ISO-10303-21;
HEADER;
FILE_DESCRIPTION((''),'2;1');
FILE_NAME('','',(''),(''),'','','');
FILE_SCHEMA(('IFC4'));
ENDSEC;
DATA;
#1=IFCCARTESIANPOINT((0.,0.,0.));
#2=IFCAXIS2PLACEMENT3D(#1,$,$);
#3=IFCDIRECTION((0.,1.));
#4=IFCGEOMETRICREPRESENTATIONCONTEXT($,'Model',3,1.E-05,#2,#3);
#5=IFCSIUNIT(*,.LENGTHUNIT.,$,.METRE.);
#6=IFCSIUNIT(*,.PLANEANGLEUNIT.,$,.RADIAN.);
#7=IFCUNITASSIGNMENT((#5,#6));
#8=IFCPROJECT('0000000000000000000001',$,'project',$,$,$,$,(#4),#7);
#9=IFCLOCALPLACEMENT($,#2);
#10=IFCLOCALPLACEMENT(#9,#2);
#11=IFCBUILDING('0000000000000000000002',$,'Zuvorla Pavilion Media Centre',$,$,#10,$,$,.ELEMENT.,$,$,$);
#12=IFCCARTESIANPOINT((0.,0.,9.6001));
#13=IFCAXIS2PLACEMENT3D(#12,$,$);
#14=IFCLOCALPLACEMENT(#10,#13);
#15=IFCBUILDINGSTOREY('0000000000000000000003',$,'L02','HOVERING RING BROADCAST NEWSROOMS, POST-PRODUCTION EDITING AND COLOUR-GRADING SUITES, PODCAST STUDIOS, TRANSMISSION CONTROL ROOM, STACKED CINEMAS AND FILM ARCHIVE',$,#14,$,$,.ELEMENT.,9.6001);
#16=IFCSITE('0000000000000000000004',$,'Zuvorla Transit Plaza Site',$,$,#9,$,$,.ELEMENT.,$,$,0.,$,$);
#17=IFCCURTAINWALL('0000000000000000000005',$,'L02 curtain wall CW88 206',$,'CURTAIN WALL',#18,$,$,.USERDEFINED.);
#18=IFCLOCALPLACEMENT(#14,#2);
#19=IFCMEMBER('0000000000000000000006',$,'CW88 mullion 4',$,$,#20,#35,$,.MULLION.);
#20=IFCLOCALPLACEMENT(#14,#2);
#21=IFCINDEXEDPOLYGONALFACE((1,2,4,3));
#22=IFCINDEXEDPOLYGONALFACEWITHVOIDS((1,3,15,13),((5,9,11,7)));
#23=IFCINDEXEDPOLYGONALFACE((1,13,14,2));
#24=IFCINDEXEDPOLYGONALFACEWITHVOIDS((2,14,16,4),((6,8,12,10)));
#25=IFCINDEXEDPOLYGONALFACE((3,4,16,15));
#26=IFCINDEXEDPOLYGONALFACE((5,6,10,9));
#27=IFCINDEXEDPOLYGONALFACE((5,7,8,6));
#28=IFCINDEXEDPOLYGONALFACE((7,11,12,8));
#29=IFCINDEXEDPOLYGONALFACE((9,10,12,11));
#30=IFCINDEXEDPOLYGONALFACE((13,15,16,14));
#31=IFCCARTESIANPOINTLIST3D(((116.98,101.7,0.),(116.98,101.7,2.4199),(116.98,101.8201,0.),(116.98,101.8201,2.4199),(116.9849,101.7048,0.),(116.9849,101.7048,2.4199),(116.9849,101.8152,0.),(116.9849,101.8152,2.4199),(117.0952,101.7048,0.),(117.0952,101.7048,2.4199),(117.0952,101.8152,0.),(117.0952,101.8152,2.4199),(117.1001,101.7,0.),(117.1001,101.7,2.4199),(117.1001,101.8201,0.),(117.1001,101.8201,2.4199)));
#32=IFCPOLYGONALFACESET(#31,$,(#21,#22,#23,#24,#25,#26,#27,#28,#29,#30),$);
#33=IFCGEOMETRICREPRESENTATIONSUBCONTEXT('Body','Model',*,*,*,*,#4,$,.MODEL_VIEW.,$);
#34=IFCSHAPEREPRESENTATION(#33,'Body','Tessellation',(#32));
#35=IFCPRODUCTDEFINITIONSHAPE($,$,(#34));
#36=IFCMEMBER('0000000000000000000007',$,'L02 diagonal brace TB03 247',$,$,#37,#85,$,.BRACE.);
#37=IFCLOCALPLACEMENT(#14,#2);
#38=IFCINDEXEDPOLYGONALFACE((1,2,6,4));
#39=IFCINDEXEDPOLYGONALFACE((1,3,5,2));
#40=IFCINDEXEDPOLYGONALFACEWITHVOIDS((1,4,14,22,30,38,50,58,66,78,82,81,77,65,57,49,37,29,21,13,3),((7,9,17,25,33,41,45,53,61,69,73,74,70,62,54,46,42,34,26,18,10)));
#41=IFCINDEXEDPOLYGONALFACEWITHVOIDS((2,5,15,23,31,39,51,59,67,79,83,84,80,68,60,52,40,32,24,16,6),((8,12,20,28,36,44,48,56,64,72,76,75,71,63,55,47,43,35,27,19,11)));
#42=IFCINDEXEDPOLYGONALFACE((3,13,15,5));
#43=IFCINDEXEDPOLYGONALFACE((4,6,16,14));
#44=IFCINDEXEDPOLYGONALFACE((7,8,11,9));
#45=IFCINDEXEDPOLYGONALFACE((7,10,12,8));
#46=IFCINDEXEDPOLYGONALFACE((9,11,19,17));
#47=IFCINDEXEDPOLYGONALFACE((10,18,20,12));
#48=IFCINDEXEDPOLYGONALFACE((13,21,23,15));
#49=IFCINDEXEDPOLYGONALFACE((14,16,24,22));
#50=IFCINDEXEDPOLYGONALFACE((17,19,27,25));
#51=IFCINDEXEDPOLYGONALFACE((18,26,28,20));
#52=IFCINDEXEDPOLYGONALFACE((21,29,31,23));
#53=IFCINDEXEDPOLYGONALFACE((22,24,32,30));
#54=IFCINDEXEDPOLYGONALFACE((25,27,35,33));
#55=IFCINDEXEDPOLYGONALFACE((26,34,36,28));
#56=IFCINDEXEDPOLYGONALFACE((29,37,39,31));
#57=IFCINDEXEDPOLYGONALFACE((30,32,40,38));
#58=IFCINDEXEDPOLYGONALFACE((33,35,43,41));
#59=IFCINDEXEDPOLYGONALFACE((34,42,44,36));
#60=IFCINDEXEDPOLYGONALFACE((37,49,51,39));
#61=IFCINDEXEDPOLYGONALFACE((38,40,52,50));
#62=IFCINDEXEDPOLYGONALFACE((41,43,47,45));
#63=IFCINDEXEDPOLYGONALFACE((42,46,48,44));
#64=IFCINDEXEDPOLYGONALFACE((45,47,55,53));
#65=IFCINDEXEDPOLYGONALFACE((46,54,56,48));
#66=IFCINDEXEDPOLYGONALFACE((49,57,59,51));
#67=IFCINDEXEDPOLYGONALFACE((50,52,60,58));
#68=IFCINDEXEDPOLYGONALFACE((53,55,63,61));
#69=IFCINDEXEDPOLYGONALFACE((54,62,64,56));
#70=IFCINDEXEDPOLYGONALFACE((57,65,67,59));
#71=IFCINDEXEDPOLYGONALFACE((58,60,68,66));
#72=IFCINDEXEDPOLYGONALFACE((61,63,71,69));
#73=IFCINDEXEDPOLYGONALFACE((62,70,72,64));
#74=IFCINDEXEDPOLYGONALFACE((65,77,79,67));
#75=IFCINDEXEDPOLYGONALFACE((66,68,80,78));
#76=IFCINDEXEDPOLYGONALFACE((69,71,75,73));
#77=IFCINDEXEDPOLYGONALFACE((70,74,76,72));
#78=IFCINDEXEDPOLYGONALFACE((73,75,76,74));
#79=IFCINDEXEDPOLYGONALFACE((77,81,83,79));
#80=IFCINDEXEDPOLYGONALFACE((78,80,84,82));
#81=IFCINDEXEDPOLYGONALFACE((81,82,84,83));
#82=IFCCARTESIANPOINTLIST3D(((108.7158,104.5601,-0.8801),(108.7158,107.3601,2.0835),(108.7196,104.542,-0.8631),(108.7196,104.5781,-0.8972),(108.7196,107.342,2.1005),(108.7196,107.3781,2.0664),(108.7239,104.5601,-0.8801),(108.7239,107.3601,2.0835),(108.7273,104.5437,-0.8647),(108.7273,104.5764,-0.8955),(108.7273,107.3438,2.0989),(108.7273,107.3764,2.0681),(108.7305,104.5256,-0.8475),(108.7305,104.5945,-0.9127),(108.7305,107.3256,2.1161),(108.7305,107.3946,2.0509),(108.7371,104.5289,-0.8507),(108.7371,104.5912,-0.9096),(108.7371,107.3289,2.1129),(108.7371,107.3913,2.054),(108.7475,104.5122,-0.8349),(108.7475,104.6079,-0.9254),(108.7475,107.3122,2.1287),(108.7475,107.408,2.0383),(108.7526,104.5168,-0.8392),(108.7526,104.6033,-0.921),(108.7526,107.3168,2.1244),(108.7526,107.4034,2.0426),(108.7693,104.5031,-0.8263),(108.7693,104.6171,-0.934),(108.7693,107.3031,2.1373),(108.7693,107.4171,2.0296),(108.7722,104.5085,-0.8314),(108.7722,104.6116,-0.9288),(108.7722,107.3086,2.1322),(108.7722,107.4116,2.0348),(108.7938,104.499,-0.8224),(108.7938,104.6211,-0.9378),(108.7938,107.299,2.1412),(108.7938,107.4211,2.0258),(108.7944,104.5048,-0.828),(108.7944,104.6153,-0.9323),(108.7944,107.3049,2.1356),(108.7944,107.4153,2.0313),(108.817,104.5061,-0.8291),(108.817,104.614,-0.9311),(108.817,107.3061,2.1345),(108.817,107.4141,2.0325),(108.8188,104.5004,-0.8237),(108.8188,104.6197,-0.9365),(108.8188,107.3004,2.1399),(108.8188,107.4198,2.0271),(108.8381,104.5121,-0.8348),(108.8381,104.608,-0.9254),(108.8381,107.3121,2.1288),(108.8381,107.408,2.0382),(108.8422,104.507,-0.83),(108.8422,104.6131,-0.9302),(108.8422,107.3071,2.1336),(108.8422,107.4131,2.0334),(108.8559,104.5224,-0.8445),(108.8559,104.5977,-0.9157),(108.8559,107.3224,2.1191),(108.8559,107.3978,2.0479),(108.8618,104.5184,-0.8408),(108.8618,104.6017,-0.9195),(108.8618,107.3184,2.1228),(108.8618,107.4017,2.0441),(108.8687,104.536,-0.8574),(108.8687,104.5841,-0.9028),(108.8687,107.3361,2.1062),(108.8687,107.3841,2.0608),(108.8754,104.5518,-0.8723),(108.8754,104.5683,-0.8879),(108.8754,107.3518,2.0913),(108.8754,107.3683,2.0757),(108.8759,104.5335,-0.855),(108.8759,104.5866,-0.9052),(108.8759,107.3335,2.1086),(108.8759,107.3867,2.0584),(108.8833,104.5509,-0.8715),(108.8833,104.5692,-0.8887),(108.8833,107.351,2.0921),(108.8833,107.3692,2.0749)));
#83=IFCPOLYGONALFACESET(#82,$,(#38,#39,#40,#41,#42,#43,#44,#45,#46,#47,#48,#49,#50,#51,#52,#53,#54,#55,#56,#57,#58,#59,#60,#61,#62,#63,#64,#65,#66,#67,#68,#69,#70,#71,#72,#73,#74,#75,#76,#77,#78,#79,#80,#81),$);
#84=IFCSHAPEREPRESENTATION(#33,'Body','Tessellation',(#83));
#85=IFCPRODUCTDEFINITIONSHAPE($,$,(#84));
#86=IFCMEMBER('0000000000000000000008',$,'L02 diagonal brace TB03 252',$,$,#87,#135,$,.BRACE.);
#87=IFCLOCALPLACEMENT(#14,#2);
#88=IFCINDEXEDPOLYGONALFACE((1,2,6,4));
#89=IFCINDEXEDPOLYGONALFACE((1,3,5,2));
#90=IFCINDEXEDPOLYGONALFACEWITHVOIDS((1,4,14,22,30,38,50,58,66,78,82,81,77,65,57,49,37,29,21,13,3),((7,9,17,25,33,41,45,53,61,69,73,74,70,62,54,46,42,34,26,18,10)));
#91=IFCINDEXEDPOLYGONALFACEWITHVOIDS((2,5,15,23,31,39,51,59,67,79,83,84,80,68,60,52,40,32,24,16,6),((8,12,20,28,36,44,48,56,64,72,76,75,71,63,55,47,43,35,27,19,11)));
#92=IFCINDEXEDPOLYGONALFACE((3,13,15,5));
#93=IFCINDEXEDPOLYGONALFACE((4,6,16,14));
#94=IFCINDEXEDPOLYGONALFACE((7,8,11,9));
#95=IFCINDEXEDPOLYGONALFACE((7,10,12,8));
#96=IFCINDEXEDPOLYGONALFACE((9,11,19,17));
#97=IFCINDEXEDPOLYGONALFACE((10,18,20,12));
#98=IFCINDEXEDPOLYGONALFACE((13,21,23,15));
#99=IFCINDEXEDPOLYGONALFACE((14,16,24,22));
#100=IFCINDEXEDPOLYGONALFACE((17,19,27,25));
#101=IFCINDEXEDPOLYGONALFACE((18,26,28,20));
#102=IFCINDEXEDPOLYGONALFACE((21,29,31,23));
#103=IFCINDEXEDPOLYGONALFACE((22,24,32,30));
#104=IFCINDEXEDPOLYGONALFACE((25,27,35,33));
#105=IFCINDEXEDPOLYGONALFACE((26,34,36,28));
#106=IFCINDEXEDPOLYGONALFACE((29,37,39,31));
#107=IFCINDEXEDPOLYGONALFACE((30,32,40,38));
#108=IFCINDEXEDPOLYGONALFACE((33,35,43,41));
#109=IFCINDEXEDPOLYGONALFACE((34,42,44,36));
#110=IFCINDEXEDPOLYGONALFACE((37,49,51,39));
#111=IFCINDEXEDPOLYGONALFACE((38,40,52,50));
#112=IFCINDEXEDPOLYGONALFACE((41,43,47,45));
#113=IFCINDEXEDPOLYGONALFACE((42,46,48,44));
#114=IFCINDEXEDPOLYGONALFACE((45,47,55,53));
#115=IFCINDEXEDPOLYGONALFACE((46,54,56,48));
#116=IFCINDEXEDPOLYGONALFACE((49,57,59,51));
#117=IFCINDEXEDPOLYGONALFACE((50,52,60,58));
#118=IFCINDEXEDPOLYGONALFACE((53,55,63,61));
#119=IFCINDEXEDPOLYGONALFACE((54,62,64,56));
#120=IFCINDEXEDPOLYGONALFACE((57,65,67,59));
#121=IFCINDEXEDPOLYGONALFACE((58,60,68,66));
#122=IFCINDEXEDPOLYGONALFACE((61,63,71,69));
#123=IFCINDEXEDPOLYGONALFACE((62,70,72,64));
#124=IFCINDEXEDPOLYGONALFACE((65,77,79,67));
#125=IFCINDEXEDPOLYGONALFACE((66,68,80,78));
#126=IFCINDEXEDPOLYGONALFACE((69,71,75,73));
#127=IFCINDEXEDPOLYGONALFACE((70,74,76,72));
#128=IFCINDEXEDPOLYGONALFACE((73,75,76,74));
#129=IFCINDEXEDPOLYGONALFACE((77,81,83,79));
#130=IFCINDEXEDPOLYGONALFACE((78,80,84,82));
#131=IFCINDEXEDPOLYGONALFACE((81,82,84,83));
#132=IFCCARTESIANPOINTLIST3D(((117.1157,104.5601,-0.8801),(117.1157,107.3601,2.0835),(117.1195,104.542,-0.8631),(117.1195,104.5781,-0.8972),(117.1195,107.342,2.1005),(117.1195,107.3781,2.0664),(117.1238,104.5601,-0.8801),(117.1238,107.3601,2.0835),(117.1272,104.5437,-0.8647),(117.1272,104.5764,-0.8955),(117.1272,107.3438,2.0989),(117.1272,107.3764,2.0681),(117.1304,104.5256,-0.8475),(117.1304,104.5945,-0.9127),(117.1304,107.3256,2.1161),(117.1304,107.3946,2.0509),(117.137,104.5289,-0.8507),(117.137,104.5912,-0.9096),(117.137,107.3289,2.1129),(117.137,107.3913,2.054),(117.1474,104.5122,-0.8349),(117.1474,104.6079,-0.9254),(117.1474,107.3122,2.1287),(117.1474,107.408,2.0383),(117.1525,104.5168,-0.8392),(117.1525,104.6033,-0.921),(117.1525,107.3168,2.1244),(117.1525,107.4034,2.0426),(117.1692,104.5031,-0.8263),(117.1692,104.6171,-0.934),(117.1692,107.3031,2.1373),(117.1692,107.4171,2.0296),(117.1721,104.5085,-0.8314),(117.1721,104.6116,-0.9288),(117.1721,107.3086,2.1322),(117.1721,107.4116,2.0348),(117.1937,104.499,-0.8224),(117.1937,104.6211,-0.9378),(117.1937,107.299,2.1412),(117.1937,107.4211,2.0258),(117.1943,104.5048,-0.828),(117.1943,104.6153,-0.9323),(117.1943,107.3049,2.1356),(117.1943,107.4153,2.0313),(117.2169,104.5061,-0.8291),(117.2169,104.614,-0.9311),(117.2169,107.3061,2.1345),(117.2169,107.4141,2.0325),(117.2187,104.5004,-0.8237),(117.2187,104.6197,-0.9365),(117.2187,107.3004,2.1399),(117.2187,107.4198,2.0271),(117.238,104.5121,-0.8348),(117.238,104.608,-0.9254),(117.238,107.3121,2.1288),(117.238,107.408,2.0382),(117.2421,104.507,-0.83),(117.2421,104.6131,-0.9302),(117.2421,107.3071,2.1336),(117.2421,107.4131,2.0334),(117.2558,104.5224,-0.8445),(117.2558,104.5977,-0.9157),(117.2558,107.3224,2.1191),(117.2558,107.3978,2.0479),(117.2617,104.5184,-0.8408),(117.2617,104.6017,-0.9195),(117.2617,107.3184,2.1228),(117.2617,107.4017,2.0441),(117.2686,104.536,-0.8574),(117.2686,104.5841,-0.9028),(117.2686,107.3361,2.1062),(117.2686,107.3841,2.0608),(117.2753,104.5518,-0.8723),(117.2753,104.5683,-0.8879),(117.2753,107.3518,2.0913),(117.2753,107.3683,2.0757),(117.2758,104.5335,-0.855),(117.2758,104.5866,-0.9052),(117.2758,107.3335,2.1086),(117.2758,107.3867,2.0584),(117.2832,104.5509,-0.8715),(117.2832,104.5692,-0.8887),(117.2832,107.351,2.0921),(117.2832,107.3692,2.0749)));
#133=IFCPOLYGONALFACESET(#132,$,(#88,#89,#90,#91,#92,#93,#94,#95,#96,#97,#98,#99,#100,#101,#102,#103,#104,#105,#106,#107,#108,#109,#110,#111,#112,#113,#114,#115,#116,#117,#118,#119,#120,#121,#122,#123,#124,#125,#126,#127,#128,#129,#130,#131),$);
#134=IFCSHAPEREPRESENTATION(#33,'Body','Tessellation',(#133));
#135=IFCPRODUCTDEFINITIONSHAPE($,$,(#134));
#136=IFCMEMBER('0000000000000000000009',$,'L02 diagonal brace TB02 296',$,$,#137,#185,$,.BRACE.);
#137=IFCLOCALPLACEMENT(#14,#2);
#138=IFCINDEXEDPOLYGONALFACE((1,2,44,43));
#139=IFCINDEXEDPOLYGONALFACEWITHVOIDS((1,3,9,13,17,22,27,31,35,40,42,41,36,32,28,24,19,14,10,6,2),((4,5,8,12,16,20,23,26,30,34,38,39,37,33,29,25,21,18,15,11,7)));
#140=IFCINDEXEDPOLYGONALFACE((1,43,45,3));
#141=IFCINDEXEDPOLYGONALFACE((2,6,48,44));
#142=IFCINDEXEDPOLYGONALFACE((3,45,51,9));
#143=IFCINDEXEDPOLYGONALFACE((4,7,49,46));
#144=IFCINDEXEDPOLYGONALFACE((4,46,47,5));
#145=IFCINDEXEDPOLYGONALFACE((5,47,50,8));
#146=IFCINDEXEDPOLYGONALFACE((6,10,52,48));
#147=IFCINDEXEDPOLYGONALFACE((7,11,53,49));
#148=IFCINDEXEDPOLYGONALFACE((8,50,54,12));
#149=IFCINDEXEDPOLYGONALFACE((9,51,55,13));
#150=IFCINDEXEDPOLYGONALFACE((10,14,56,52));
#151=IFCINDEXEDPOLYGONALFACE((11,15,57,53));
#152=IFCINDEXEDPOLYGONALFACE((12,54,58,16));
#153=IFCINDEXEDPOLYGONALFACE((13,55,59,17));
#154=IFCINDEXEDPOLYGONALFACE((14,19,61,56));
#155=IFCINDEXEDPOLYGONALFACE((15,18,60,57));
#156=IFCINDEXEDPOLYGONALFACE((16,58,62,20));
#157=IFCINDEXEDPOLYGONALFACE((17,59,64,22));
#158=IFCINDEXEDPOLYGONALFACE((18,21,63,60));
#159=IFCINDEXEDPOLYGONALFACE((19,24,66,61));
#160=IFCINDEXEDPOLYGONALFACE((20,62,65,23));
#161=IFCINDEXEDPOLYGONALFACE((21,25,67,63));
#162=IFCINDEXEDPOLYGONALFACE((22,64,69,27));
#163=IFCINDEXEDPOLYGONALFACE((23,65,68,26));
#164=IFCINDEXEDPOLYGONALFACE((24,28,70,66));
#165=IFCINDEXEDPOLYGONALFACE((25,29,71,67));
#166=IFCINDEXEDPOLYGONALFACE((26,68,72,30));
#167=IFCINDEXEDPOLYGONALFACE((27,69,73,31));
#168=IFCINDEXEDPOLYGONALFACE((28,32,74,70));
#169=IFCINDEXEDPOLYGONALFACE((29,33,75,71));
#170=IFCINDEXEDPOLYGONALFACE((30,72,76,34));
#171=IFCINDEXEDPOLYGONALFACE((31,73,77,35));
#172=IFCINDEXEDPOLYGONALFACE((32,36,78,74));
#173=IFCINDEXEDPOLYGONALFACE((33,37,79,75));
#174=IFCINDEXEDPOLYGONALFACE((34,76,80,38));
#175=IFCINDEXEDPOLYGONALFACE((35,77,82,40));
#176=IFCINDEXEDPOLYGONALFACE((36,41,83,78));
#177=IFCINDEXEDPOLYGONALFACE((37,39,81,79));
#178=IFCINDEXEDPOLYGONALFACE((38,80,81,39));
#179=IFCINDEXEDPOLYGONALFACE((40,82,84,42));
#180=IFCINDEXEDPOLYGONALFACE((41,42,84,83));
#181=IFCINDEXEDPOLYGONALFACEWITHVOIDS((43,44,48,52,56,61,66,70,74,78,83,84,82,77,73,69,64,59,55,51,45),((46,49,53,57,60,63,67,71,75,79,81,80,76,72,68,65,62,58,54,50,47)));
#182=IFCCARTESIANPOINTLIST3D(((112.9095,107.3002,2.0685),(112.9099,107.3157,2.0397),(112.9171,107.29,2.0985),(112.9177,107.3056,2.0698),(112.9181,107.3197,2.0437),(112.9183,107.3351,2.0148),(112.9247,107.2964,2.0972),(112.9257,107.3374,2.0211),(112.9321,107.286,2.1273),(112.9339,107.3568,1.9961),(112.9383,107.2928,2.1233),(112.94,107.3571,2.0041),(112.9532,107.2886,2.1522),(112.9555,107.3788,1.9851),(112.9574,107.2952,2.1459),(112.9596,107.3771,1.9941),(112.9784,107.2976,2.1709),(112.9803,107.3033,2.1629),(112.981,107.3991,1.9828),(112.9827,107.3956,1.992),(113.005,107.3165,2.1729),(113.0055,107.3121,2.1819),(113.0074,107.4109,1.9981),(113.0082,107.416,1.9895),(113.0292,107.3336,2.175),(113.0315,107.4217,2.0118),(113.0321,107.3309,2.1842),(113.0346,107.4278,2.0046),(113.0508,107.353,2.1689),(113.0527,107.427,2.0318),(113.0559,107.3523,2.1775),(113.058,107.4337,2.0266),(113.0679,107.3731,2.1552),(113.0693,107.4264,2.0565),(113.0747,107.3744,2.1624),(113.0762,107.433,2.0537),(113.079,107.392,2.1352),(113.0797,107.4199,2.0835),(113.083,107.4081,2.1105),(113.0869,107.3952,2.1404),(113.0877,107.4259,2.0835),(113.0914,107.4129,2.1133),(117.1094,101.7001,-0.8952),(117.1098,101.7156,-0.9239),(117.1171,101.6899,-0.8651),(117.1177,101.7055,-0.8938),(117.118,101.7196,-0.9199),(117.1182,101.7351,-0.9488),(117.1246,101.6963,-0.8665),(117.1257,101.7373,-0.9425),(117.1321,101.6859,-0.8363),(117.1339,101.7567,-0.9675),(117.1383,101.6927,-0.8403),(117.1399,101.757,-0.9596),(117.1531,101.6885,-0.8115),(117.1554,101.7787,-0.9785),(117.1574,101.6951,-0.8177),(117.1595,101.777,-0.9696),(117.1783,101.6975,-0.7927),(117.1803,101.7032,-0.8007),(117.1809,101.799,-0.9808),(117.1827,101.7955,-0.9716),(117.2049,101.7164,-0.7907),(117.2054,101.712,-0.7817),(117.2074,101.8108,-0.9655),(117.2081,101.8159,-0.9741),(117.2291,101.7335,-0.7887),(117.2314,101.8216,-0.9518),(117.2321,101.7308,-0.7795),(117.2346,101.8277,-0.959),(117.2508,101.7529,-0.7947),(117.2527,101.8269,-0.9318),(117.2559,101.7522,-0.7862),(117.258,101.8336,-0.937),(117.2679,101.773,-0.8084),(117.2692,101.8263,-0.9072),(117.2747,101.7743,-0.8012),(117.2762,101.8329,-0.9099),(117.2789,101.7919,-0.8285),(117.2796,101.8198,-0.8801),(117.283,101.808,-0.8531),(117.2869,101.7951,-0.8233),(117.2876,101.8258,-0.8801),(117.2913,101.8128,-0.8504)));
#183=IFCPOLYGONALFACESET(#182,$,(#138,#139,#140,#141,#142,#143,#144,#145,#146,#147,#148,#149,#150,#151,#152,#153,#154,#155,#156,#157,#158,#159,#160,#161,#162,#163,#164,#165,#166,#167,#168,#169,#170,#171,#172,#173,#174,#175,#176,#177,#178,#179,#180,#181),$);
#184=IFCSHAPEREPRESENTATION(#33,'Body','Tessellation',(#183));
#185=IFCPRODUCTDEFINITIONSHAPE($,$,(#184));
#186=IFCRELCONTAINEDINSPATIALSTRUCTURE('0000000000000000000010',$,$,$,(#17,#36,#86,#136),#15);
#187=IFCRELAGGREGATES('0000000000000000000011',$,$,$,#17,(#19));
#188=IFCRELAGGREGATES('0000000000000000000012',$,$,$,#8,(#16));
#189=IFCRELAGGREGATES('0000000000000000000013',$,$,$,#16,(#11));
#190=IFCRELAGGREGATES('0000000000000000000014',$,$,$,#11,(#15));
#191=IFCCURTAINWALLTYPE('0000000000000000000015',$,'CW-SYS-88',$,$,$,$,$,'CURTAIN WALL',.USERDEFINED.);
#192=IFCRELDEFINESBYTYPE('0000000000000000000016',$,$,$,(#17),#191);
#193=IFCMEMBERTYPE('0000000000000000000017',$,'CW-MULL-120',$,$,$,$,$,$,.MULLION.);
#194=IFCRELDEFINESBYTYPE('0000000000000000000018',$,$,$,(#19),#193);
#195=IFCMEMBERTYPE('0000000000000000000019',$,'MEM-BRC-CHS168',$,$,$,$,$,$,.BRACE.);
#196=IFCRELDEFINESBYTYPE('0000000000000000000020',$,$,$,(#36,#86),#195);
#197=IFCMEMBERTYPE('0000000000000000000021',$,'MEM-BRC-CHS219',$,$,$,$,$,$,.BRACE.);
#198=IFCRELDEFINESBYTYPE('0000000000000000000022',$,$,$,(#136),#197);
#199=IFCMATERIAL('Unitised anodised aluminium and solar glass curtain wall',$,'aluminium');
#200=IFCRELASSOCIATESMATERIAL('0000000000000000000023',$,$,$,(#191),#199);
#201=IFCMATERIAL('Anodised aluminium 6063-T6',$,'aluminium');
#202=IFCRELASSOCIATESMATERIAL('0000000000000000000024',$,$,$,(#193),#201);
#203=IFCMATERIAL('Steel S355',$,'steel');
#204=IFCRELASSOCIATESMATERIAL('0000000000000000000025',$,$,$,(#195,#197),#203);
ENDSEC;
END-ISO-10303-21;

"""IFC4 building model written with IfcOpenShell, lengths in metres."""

from ifc_helpers import new_model, si_unit, direction, frame, origin, origin_2d, place, context, subcontext, project, spatial, hollow_rectangle, hollow_circle, extrude, material, material_profile, profile_set, type_object, element, aggregate, save


model = new_model("IFC4")

# Units and contexts
model_context = context("Model", 3, precision=1e-05, world=origin(), true_north=direction((0.0, 1.0)))
body_context = subcontext(model_context, "Body", "Model", "MODEL_VIEW")
ifc_project = project(units=[si_unit("LENGTHUNIT", "METRE"), si_unit("PLANEANGLEUNIT", "RADIAN")], contexts=[model_context])

# Site, building, storey
site_placement = place(None, origin())
site = spatial("IfcSite", under=ifc_project, at=site_placement, Name="Zuvorla Transit Plaza Site", CompositionType="ELEMENT", RefElevation=0.0)
building_placement = place(site_placement, origin())
building = spatial("IfcBuilding", under=site, at=building_placement, Name="Zuvorla Pavilion Media Centre", CompositionType="ELEMENT")
storey_placement = place(building_placement, frame((0.0, 0.0, 9.6001)))
storey = spatial("IfcBuildingStorey", under=building, at=storey_placement, Name="L02", Description="HOVERING RING BROADCAST NEWSROOMS, POST-PRODUCTION EDITING AND COLOUR-GRADING SUITES, PODCAST STUDIOS, TRANSMISSION CONTROL ROOM, STACKED CINEMAS AND FILM ARCHIVE", CompositionType="ELEMENT", Elevation=9.6001)

# Curtain wall, member
ifc_material_1 = material(Name="Unitised anodised aluminium and solar glass curtain wall", Category="aluminium")
curtain_wall_type = type_object("IfcCurtainWallType", Name="CW-SYS-88", ElementType="CURTAIN WALL", PredefinedType="USERDEFINED", material=ifc_material_1)
curtain_wall_placement = place(storey_placement, origin())
curtain_wall = element("IfcCurtainWall", 1, at=curtain_wall_placement, inside=storey, type_object=curtain_wall_type, Name="L02 curtain wall CW88 206", ObjectType="CURTAIN WALL", PredefinedType="USERDEFINED")
ifc_material_2 = material(Name="Anodised aluminium 6063-T6", Category="aluminium")
ifc_material_profile_1 = material_profile(ifc_material_2, hollow_rectangle(XDim=0.1201, YDim=0.1201, WallThickness=0.0049, at=origin_2d()), Name="ALU MULL 120x120")
ifc_profile_set_1 = profile_set([ifc_material_profile_1], Name="Anodised aluminium 6063-T6")
member_type_1 = type_object("IfcMemberType", Name="CW-MULL-120", PredefinedType="MULLION", material=ifc_profile_set_1)
member_1_placement = place(storey_placement, frame((117.04, 101.76, 0.0), z_axis=(0.0, 0.0, 1.0), x_axis=(1.0, 0.0, 0.0)))
member_1 = element("IfcMember", 2, at=member_1_placement, type_object=member_type_1, Name="CW88 mullion 4", PredefinedType="MULLION", context=body_context, shape_type="SweptSolid", body=[
    extrude(hollow_rectangle(XDim=0.1201, YDim=0.1201, WallThickness=0.0049, at=origin_2d()), origin(), (0.0, 0.0, 1.0), 2.4199),
])

# Members
ifc_material_3 = material(Name="Steel S355", Category="steel")
ifc_material_profile_2 = material_profile(ifc_material_3, hollow_circle(Radius=0.0842, WallThickness=0.0081, at=origin_2d()), Name="CHS 168.3x8")
ifc_profile_set_2 = profile_set([ifc_material_profile_2], Name="Steel S355")
member_type_2 = type_object("IfcMemberType", Name="MEM-BRC-CHS168", PredefinedType="BRACE", material=ifc_profile_set_2)
for number, where, z_axis, x_axis, name in (
    (3, (108.8, 104.5601, -0.8801), (0.0, 0.686762, 0.726882), (-1.0, 0.0, 0.0), "L02 diagonal brace TB03 247"),
    (4, (117.2, 104.5601, -0.8801), (0.0, 0.686762, 0.726882), (-1.0, 0.0, 0.0), "L02 diagonal brace TB03 252"),
):
    element("IfcMember", number, at=place(storey_placement, frame(where, z_axis=z_axis, x_axis=x_axis)), inside=storey, type_object=member_type_2, Name=name, PredefinedType="BRACE", context=body_context, shape_type="SweptSolid", body=[
        extrude(hollow_circle(Radius=0.0842, WallThickness=0.0081, at=origin_2d()), origin(), (0.0, 0.0, 1.0), 4.0771),
    ])
ifc_material_profile_3 = material_profile(ifc_material_3, hollow_circle(Radius=0.1096, WallThickness=0.01, at=origin_2d()), Name="CHS 219.1x10")
ifc_profile_set_3 = profile_set([ifc_material_profile_3], Name="Steel S355")
member_type_3 = type_object("IfcMemberType", Name="MEM-BRC-CHS219", PredefinedType="BRACE", material=ifc_profile_set_3)
for number, where, z_axis, x_axis, name in (
    (5, (113.0, 107.3601, 2.0835), (0.552512, -0.736704, -0.38987), (0.800008, 0.599989, 0.0), "L02 diagonal brace TB02 296"),
):
    element("IfcMember", number, at=place(storey_placement, frame(where, z_axis=z_axis, x_axis=x_axis)), inside=storey, type_object=member_type_3, Name=name, PredefinedType="BRACE", context=body_context, shape_type="SweptSolid", body=[
        extrude(hollow_circle(Radius=0.1096, WallThickness=0.01, at=origin_2d()), origin(), (0.0, 0.0, 1.0), 7.6016),
    ])

aggregate(curtain_wall, [member_1])

save(model, "model.ifc")
